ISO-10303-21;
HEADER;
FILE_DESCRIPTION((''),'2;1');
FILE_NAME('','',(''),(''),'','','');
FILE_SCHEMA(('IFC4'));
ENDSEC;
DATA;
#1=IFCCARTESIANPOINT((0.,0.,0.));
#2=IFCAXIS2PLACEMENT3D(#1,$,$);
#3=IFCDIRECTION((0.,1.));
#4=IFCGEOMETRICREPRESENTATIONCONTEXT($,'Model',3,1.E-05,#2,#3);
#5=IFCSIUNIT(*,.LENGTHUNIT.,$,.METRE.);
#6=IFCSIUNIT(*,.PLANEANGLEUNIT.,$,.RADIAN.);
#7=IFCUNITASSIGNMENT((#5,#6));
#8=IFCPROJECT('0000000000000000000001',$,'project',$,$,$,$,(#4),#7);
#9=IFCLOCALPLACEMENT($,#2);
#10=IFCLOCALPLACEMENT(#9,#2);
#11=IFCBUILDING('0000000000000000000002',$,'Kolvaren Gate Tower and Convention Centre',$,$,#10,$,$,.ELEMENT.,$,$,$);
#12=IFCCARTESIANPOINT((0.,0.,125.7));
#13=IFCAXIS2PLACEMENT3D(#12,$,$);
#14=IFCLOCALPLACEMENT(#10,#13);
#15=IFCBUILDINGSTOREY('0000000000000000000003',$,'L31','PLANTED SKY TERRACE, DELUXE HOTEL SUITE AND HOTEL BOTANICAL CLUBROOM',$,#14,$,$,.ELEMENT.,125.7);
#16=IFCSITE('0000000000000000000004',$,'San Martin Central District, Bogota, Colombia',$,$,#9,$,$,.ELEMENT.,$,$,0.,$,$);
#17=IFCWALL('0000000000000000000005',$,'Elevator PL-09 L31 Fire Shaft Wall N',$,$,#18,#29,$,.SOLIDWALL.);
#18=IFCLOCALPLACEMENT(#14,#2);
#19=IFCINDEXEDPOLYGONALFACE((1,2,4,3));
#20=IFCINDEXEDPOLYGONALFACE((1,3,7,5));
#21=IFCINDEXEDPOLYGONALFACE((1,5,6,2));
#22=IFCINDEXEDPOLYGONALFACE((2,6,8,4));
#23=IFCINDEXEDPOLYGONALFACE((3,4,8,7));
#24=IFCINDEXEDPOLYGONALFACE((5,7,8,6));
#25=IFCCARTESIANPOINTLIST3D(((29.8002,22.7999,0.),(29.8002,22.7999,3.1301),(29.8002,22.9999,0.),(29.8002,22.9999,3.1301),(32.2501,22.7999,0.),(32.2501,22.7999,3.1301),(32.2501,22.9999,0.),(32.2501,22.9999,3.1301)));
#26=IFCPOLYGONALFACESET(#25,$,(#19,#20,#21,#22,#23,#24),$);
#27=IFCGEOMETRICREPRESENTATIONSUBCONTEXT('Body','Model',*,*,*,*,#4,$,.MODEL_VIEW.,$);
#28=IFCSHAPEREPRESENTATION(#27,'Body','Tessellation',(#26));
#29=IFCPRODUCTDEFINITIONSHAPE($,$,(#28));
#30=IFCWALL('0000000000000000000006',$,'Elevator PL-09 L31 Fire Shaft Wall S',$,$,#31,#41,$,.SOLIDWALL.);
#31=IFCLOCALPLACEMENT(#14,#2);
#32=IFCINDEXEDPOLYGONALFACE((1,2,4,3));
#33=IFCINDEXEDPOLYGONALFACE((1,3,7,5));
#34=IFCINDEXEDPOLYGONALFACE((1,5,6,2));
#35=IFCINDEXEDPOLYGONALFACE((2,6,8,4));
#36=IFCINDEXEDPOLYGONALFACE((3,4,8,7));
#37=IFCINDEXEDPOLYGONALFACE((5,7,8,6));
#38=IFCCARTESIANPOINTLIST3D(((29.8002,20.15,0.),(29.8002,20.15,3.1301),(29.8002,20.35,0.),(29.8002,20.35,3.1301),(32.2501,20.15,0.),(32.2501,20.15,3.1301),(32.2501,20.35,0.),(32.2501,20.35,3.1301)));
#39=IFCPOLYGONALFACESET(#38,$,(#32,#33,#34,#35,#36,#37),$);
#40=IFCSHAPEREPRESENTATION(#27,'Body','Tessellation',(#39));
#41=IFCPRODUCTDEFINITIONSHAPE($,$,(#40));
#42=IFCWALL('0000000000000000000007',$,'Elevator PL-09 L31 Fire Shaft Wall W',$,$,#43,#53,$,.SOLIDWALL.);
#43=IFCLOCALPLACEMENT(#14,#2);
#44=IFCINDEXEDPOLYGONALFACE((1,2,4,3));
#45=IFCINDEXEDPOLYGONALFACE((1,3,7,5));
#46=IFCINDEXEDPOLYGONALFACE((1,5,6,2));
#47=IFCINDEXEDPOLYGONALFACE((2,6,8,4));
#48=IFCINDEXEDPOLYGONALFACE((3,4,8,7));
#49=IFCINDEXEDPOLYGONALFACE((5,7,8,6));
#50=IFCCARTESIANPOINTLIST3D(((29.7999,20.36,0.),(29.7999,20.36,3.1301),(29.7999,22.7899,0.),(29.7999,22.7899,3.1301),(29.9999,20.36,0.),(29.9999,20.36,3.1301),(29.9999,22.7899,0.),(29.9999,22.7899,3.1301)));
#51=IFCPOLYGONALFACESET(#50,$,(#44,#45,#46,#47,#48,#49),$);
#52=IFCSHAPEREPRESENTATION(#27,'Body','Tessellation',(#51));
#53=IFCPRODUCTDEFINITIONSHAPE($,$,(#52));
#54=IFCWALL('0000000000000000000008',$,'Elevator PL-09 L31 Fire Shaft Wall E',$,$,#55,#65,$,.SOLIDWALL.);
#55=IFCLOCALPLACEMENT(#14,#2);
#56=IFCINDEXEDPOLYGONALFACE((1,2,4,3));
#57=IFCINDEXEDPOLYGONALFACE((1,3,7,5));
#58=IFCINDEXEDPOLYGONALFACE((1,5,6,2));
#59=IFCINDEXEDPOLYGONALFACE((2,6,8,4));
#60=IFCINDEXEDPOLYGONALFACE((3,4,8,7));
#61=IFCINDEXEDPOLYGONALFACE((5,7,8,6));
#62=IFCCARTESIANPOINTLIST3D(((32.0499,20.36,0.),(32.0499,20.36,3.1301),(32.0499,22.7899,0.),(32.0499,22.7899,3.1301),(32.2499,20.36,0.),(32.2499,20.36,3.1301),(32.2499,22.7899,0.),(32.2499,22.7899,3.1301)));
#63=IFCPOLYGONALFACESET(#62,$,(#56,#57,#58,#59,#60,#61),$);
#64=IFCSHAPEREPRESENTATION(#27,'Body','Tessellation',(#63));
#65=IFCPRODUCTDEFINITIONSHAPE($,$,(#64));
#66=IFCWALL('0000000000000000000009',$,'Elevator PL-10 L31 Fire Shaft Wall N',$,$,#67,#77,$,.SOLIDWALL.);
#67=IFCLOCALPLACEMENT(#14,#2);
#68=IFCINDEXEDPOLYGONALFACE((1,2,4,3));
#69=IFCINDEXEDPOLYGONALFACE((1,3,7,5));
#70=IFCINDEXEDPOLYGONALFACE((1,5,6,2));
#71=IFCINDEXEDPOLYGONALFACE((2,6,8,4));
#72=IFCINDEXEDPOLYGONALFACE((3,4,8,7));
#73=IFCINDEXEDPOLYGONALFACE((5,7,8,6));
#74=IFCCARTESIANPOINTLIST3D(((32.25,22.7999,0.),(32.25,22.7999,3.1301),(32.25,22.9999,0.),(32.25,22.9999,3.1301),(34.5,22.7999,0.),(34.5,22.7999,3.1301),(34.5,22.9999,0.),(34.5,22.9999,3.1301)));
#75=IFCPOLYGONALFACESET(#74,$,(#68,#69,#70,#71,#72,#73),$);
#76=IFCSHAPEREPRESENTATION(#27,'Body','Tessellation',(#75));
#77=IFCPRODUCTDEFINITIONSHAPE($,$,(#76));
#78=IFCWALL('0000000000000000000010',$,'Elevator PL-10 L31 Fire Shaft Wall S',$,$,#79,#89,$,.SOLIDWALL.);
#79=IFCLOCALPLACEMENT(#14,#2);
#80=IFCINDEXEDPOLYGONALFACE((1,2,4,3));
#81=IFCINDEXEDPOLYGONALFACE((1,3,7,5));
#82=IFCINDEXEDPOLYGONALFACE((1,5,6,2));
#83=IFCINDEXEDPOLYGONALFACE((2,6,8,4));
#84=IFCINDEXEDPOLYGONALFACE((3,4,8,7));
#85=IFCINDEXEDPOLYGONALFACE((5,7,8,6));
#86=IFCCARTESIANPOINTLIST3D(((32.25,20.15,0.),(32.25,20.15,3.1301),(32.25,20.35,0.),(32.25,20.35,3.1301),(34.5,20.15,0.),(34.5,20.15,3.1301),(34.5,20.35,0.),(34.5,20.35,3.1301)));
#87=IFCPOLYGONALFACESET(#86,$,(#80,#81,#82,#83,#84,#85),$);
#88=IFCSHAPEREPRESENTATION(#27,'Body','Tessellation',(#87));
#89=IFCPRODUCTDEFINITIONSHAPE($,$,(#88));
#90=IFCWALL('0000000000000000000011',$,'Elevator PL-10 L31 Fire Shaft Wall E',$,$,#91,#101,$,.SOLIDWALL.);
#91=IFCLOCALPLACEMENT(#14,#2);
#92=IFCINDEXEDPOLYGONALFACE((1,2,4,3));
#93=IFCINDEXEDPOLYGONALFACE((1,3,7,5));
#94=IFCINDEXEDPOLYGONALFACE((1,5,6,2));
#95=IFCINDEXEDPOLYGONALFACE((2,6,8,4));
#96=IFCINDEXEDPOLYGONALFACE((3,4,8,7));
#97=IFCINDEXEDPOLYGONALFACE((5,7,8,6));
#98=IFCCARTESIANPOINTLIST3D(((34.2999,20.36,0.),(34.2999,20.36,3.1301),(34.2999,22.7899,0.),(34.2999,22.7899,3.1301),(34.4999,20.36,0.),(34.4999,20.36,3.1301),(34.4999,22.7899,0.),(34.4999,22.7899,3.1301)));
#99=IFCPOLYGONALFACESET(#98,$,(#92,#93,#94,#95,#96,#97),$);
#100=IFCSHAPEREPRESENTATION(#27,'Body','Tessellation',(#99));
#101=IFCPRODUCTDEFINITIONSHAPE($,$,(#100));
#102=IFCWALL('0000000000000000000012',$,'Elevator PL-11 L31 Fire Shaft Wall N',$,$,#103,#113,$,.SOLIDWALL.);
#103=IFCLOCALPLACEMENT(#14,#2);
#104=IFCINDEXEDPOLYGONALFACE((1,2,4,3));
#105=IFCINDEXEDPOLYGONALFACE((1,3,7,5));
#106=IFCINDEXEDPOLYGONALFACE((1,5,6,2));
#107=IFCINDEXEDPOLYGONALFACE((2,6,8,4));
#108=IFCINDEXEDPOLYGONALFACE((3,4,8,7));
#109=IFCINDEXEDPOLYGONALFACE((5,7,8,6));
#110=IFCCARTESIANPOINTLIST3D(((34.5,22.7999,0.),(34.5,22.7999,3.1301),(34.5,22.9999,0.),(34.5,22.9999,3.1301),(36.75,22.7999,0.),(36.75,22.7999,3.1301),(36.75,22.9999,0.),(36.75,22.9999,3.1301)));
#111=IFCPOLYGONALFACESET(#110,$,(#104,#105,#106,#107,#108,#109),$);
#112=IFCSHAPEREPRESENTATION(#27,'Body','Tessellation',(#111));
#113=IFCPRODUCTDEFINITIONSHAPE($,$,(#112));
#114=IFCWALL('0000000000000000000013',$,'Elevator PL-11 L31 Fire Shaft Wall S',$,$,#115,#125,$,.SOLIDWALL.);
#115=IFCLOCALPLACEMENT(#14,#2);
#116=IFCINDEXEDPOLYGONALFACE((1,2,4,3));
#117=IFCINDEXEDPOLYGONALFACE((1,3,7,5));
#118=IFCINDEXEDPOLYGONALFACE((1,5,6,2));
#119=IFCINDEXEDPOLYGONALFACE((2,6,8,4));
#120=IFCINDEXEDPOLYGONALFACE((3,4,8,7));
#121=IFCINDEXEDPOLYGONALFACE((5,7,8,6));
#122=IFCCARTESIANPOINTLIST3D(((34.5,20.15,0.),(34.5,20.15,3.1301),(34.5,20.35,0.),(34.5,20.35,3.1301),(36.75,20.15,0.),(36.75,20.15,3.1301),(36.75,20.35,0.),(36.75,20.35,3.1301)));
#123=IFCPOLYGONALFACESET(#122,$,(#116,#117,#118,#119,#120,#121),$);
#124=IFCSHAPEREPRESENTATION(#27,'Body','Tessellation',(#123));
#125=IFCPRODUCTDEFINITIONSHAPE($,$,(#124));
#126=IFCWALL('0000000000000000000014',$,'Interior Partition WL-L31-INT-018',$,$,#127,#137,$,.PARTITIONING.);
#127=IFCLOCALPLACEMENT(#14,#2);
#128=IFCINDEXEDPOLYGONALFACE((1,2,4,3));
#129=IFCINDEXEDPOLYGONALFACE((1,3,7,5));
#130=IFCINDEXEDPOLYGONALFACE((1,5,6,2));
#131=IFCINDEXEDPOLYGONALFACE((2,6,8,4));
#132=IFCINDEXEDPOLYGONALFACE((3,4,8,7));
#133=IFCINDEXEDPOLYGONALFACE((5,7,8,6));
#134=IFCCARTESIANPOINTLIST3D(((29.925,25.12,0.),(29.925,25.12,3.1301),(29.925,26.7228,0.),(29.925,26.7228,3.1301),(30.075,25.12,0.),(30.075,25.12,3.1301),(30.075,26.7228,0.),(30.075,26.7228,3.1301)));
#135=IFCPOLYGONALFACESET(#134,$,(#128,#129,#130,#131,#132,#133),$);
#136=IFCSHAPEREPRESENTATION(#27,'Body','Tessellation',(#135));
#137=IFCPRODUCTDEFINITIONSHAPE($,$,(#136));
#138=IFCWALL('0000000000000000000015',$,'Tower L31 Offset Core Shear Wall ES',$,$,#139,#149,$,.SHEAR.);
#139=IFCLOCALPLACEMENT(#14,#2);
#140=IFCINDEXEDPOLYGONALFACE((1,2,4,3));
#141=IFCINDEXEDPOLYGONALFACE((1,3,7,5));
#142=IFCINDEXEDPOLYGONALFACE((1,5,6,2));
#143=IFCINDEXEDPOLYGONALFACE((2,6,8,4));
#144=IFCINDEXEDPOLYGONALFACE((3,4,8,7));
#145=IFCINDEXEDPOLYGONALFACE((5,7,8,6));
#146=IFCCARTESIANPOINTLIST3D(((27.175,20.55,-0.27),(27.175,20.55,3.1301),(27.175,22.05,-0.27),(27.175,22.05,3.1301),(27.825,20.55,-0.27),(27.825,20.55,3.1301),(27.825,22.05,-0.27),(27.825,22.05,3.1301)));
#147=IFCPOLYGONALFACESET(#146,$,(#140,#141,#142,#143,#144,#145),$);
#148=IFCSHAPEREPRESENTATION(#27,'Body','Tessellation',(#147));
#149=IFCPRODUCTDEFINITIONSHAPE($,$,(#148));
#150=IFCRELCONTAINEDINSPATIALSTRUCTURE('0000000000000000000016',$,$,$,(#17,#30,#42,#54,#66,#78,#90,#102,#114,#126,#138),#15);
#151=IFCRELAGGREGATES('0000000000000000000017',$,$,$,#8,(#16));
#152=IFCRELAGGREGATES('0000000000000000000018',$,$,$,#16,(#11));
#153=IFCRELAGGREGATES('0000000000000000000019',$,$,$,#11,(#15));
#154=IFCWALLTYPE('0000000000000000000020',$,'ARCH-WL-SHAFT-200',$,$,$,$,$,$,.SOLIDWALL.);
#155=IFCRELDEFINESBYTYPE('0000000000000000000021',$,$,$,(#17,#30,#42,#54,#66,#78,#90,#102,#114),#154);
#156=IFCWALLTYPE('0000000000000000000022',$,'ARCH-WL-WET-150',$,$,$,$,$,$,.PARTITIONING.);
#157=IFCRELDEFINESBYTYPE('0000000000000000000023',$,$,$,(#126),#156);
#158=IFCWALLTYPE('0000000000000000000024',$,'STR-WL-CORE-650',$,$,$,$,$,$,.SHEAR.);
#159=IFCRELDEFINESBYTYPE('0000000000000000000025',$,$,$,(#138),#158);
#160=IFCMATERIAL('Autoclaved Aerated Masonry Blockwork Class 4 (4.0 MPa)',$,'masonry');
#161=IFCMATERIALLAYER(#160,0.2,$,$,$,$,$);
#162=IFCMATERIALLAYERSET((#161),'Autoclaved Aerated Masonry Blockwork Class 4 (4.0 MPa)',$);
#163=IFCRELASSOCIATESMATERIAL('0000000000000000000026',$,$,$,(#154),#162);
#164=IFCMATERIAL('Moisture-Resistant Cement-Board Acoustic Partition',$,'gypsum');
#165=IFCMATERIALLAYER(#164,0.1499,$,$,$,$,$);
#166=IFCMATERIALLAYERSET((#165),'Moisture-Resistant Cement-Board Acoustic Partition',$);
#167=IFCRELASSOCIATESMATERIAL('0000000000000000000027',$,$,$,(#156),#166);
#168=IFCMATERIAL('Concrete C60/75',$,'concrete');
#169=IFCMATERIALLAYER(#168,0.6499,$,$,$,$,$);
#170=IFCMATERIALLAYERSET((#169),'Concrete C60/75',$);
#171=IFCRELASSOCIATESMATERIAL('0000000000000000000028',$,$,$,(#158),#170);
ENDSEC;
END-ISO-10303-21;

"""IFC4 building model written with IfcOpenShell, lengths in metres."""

from ifc_helpers import new_model, si_unit, direction, frame, frame_2d, origin, place, context, subcontext, project, spatial, rectangle, extrude, material, layer, layer_set, type_object, element, save


model = new_model("IFC4")

# Units and contexts
model_context = context("Model", 3, precision=1e-05, world=origin(), true_north=direction((0.0, 1.0)))
body_context = subcontext(model_context, "Body", "Model", "MODEL_VIEW")
ifc_project = project(units=[si_unit("LENGTHUNIT", "METRE"), si_unit("PLANEANGLEUNIT", "RADIAN")], contexts=[model_context])

# Site, building, storey
site_placement = place(None, origin())
site = spatial("IfcSite", under=ifc_project, at=site_placement, Name="San Martin Central District, Bogota, Colombia", CompositionType="ELEMENT", RefElevation=0.0)
building_placement = place(site_placement, origin())
building = spatial("IfcBuilding", under=site, at=building_placement, Name="Kolvaren Gate Tower and Convention Centre", CompositionType="ELEMENT")
storey_placement = place(building_placement, frame((0.0, 0.0, 125.7)))
storey = spatial("IfcBuildingStorey", under=building, at=storey_placement, Name="L31", Description="PLANTED SKY TERRACE, DELUXE HOTEL SUITE AND HOTEL BOTANICAL CLUBROOM", CompositionType="ELEMENT", Elevation=125.7)

# Shared definitions
ifc_material_1 = material(Name="Autoclaved Aerated Masonry Blockwork Class 4 (4.0 MPa)", Category="masonry")

# Walls
ifc_layer_1 = layer(ifc_material_1, 0.2)
ifc_layer_set_1 = layer_set([ifc_layer_1], Name="Autoclaved Aerated Masonry Blockwork Class 4 (4.0 MPa)")
wall_type_1 = type_object("IfcWallType", Name="ARCH-WL-SHAFT-200", PredefinedType="SOLIDWALL", material=ifc_layer_set_1)
for number, where, z_axis, x_axis, name in (
    (1, (29.8, 22.8999, 0.0), (0.0, 0.0, 1.0), (1.0, 0.0, 0.0), "Elevator PL-09 L31 Fire Shaft Wall N"),
    (2, (29.8, 20.25, 0.0), (0.0, 0.0, 1.0), (1.0, 0.0, 0.0), "Elevator PL-09 L31 Fire Shaft Wall S"),
):
    element("IfcWall", number, at=place(storey_placement, frame(where, z_axis=z_axis, x_axis=x_axis)), inside=storey, type_object=wall_type_1, Name=name, PredefinedType="SOLIDWALL", context=body_context, shape_type="SweptSolid", body=[
        extrude(rectangle(XDim=2.45, YDim=0.2, at=frame_2d((1.2251, 0.0))), origin(), (0.0, 0.0, 1.0), 3.1301),
    ])
for number, where, z_axis, x_axis, name in (
    (3, (29.8999, 20.3601, 0.0), (0.0, 0.0, 1.0), (0.0, 1.0, 0.0), "Elevator PL-09 L31 Fire Shaft Wall W"),
    (4, (32.1499, 20.3601, 0.0), (0.0, 0.0, 1.0), (0.0, 1.0, 0.0), "Elevator PL-09 L31 Fire Shaft Wall E"),
):
    element("IfcWall", number, at=place(storey_placement, frame(where, z_axis=z_axis, x_axis=x_axis)), inside=storey, type_object=wall_type_1, Name=name, PredefinedType="SOLIDWALL", context=body_context, shape_type="SweptSolid", body=[
        extrude(rectangle(XDim=2.4299, YDim=0.2, at=frame_2d((1.2148, 0.0))), origin(), (0.0, 0.0, 1.0), 3.1301),
    ])
for number, where, z_axis, x_axis, name in (
    (5, (32.25, 22.8999, 0.0), (0.0, 0.0, 1.0), (1.0, 0.0, 0.0), "Elevator PL-10 L31 Fire Shaft Wall N"),
    (6, (32.25, 20.25, 0.0), (0.0, 0.0, 1.0), (1.0, 0.0, 0.0), "Elevator PL-10 L31 Fire Shaft Wall S"),
):
    element("IfcWall", number, at=place(storey_placement, frame(where, z_axis=z_axis, x_axis=x_axis)), inside=storey, type_object=wall_type_1, Name=name, PredefinedType="SOLIDWALL", context=body_context, shape_type="SweptSolid", body=[
        extrude(rectangle(XDim=2.25, YDim=0.2, at=frame_2d((1.125, 0.0))), origin(), (0.0, 0.0, 1.0), 3.1301),
    ])
wall_1_placement = place(storey_placement, frame((34.3999, 20.3601, 0.0), z_axis=(0.0, 0.0, 1.0), x_axis=(0.0, 1.0, 0.0)))
element("IfcWall", 7, at=wall_1_placement, inside=storey, type_object=wall_type_1, Name="Elevator PL-10 L31 Fire Shaft Wall E", PredefinedType="SOLIDWALL", context=body_context, shape_type="SweptSolid", body=[
    extrude(rectangle(XDim=2.4299, YDim=0.2, at=frame_2d((1.2148, 0.0))), origin(), (0.0, 0.0, 1.0), 3.1301),
])
for number, where, z_axis, x_axis, name in (
    (8, (34.5, 22.8999, 0.0), (0.0, 0.0, 1.0), (1.0, 0.0, 0.0), "Elevator PL-11 L31 Fire Shaft Wall N"),
    (9, (34.5, 20.25, 0.0), (0.0, 0.0, 1.0), (1.0, 0.0, 0.0), "Elevator PL-11 L31 Fire Shaft Wall S"),
):
    element("IfcWall", number, at=place(storey_placement, frame(where, z_axis=z_axis, x_axis=x_axis)), inside=storey, type_object=wall_type_1, Name=name, PredefinedType="SOLIDWALL", context=body_context, shape_type="SweptSolid", body=[
        extrude(rectangle(XDim=2.25, YDim=0.2, at=frame_2d((1.125, 0.0))), origin(), (0.0, 0.0, 1.0), 3.1301),
    ])
ifc_material_2 = material(Name="Moisture-Resistant Cement-Board Acoustic Partition", Category="gypsum")
ifc_layer_2 = layer(ifc_material_2, 0.1499)
ifc_layer_set_2 = layer_set([ifc_layer_2], Name="Moisture-Resistant Cement-Board Acoustic Partition")
wall_type_2 = type_object("IfcWallType", Name="ARCH-WL-WET-150", PredefinedType="PARTITIONING", material=ifc_layer_set_2)
wall_2_placement = place(storey_placement, frame((30.0, 25.1201, 0.0), z_axis=(0.0, 0.0, 1.0), x_axis=(0.0, 1.0, 0.0)))
element("IfcWall", 10, at=wall_2_placement, inside=storey, type_object=wall_type_2, Name="Interior Partition WL-L31-INT-018", PredefinedType="PARTITIONING", context=body_context, shape_type="SweptSolid", body=[
    extrude(rectangle(XDim=1.6028, YDim=0.1499, at=frame_2d((0.8013, 0.0))), origin(), (0.0, 0.0, 1.0), 3.1301),
])
ifc_material_3 = material(Name="Concrete C60/75", Category="concrete")
ifc_layer_3 = layer(ifc_material_3, 0.6499)
ifc_layer_set_3 = layer_set([ifc_layer_3], Name="Concrete C60/75")
wall_type_3 = type_object("IfcWallType", Name="STR-WL-CORE-650", PredefinedType="SHEAR", material=ifc_layer_set_3)
wall_3_placement = place(storey_placement, frame((27.5, 20.55, -0.27), z_axis=(0.0, 0.0, 1.0), x_axis=(0.0, 1.0, 0.0)))
element("IfcWall", 11, at=wall_3_placement, inside=storey, type_object=wall_type_3, Name="Tower L31 Offset Core Shear Wall ES", PredefinedType="SHEAR", context=body_context, shape_type="SweptSolid", body=[
    extrude(rectangle(XDim=1.5, YDim=0.6499, at=frame_2d((0.75, 0.0))), origin(), (0.0, 0.0, 1.0), 3.4001),
])

save(model, "model.ifc")
